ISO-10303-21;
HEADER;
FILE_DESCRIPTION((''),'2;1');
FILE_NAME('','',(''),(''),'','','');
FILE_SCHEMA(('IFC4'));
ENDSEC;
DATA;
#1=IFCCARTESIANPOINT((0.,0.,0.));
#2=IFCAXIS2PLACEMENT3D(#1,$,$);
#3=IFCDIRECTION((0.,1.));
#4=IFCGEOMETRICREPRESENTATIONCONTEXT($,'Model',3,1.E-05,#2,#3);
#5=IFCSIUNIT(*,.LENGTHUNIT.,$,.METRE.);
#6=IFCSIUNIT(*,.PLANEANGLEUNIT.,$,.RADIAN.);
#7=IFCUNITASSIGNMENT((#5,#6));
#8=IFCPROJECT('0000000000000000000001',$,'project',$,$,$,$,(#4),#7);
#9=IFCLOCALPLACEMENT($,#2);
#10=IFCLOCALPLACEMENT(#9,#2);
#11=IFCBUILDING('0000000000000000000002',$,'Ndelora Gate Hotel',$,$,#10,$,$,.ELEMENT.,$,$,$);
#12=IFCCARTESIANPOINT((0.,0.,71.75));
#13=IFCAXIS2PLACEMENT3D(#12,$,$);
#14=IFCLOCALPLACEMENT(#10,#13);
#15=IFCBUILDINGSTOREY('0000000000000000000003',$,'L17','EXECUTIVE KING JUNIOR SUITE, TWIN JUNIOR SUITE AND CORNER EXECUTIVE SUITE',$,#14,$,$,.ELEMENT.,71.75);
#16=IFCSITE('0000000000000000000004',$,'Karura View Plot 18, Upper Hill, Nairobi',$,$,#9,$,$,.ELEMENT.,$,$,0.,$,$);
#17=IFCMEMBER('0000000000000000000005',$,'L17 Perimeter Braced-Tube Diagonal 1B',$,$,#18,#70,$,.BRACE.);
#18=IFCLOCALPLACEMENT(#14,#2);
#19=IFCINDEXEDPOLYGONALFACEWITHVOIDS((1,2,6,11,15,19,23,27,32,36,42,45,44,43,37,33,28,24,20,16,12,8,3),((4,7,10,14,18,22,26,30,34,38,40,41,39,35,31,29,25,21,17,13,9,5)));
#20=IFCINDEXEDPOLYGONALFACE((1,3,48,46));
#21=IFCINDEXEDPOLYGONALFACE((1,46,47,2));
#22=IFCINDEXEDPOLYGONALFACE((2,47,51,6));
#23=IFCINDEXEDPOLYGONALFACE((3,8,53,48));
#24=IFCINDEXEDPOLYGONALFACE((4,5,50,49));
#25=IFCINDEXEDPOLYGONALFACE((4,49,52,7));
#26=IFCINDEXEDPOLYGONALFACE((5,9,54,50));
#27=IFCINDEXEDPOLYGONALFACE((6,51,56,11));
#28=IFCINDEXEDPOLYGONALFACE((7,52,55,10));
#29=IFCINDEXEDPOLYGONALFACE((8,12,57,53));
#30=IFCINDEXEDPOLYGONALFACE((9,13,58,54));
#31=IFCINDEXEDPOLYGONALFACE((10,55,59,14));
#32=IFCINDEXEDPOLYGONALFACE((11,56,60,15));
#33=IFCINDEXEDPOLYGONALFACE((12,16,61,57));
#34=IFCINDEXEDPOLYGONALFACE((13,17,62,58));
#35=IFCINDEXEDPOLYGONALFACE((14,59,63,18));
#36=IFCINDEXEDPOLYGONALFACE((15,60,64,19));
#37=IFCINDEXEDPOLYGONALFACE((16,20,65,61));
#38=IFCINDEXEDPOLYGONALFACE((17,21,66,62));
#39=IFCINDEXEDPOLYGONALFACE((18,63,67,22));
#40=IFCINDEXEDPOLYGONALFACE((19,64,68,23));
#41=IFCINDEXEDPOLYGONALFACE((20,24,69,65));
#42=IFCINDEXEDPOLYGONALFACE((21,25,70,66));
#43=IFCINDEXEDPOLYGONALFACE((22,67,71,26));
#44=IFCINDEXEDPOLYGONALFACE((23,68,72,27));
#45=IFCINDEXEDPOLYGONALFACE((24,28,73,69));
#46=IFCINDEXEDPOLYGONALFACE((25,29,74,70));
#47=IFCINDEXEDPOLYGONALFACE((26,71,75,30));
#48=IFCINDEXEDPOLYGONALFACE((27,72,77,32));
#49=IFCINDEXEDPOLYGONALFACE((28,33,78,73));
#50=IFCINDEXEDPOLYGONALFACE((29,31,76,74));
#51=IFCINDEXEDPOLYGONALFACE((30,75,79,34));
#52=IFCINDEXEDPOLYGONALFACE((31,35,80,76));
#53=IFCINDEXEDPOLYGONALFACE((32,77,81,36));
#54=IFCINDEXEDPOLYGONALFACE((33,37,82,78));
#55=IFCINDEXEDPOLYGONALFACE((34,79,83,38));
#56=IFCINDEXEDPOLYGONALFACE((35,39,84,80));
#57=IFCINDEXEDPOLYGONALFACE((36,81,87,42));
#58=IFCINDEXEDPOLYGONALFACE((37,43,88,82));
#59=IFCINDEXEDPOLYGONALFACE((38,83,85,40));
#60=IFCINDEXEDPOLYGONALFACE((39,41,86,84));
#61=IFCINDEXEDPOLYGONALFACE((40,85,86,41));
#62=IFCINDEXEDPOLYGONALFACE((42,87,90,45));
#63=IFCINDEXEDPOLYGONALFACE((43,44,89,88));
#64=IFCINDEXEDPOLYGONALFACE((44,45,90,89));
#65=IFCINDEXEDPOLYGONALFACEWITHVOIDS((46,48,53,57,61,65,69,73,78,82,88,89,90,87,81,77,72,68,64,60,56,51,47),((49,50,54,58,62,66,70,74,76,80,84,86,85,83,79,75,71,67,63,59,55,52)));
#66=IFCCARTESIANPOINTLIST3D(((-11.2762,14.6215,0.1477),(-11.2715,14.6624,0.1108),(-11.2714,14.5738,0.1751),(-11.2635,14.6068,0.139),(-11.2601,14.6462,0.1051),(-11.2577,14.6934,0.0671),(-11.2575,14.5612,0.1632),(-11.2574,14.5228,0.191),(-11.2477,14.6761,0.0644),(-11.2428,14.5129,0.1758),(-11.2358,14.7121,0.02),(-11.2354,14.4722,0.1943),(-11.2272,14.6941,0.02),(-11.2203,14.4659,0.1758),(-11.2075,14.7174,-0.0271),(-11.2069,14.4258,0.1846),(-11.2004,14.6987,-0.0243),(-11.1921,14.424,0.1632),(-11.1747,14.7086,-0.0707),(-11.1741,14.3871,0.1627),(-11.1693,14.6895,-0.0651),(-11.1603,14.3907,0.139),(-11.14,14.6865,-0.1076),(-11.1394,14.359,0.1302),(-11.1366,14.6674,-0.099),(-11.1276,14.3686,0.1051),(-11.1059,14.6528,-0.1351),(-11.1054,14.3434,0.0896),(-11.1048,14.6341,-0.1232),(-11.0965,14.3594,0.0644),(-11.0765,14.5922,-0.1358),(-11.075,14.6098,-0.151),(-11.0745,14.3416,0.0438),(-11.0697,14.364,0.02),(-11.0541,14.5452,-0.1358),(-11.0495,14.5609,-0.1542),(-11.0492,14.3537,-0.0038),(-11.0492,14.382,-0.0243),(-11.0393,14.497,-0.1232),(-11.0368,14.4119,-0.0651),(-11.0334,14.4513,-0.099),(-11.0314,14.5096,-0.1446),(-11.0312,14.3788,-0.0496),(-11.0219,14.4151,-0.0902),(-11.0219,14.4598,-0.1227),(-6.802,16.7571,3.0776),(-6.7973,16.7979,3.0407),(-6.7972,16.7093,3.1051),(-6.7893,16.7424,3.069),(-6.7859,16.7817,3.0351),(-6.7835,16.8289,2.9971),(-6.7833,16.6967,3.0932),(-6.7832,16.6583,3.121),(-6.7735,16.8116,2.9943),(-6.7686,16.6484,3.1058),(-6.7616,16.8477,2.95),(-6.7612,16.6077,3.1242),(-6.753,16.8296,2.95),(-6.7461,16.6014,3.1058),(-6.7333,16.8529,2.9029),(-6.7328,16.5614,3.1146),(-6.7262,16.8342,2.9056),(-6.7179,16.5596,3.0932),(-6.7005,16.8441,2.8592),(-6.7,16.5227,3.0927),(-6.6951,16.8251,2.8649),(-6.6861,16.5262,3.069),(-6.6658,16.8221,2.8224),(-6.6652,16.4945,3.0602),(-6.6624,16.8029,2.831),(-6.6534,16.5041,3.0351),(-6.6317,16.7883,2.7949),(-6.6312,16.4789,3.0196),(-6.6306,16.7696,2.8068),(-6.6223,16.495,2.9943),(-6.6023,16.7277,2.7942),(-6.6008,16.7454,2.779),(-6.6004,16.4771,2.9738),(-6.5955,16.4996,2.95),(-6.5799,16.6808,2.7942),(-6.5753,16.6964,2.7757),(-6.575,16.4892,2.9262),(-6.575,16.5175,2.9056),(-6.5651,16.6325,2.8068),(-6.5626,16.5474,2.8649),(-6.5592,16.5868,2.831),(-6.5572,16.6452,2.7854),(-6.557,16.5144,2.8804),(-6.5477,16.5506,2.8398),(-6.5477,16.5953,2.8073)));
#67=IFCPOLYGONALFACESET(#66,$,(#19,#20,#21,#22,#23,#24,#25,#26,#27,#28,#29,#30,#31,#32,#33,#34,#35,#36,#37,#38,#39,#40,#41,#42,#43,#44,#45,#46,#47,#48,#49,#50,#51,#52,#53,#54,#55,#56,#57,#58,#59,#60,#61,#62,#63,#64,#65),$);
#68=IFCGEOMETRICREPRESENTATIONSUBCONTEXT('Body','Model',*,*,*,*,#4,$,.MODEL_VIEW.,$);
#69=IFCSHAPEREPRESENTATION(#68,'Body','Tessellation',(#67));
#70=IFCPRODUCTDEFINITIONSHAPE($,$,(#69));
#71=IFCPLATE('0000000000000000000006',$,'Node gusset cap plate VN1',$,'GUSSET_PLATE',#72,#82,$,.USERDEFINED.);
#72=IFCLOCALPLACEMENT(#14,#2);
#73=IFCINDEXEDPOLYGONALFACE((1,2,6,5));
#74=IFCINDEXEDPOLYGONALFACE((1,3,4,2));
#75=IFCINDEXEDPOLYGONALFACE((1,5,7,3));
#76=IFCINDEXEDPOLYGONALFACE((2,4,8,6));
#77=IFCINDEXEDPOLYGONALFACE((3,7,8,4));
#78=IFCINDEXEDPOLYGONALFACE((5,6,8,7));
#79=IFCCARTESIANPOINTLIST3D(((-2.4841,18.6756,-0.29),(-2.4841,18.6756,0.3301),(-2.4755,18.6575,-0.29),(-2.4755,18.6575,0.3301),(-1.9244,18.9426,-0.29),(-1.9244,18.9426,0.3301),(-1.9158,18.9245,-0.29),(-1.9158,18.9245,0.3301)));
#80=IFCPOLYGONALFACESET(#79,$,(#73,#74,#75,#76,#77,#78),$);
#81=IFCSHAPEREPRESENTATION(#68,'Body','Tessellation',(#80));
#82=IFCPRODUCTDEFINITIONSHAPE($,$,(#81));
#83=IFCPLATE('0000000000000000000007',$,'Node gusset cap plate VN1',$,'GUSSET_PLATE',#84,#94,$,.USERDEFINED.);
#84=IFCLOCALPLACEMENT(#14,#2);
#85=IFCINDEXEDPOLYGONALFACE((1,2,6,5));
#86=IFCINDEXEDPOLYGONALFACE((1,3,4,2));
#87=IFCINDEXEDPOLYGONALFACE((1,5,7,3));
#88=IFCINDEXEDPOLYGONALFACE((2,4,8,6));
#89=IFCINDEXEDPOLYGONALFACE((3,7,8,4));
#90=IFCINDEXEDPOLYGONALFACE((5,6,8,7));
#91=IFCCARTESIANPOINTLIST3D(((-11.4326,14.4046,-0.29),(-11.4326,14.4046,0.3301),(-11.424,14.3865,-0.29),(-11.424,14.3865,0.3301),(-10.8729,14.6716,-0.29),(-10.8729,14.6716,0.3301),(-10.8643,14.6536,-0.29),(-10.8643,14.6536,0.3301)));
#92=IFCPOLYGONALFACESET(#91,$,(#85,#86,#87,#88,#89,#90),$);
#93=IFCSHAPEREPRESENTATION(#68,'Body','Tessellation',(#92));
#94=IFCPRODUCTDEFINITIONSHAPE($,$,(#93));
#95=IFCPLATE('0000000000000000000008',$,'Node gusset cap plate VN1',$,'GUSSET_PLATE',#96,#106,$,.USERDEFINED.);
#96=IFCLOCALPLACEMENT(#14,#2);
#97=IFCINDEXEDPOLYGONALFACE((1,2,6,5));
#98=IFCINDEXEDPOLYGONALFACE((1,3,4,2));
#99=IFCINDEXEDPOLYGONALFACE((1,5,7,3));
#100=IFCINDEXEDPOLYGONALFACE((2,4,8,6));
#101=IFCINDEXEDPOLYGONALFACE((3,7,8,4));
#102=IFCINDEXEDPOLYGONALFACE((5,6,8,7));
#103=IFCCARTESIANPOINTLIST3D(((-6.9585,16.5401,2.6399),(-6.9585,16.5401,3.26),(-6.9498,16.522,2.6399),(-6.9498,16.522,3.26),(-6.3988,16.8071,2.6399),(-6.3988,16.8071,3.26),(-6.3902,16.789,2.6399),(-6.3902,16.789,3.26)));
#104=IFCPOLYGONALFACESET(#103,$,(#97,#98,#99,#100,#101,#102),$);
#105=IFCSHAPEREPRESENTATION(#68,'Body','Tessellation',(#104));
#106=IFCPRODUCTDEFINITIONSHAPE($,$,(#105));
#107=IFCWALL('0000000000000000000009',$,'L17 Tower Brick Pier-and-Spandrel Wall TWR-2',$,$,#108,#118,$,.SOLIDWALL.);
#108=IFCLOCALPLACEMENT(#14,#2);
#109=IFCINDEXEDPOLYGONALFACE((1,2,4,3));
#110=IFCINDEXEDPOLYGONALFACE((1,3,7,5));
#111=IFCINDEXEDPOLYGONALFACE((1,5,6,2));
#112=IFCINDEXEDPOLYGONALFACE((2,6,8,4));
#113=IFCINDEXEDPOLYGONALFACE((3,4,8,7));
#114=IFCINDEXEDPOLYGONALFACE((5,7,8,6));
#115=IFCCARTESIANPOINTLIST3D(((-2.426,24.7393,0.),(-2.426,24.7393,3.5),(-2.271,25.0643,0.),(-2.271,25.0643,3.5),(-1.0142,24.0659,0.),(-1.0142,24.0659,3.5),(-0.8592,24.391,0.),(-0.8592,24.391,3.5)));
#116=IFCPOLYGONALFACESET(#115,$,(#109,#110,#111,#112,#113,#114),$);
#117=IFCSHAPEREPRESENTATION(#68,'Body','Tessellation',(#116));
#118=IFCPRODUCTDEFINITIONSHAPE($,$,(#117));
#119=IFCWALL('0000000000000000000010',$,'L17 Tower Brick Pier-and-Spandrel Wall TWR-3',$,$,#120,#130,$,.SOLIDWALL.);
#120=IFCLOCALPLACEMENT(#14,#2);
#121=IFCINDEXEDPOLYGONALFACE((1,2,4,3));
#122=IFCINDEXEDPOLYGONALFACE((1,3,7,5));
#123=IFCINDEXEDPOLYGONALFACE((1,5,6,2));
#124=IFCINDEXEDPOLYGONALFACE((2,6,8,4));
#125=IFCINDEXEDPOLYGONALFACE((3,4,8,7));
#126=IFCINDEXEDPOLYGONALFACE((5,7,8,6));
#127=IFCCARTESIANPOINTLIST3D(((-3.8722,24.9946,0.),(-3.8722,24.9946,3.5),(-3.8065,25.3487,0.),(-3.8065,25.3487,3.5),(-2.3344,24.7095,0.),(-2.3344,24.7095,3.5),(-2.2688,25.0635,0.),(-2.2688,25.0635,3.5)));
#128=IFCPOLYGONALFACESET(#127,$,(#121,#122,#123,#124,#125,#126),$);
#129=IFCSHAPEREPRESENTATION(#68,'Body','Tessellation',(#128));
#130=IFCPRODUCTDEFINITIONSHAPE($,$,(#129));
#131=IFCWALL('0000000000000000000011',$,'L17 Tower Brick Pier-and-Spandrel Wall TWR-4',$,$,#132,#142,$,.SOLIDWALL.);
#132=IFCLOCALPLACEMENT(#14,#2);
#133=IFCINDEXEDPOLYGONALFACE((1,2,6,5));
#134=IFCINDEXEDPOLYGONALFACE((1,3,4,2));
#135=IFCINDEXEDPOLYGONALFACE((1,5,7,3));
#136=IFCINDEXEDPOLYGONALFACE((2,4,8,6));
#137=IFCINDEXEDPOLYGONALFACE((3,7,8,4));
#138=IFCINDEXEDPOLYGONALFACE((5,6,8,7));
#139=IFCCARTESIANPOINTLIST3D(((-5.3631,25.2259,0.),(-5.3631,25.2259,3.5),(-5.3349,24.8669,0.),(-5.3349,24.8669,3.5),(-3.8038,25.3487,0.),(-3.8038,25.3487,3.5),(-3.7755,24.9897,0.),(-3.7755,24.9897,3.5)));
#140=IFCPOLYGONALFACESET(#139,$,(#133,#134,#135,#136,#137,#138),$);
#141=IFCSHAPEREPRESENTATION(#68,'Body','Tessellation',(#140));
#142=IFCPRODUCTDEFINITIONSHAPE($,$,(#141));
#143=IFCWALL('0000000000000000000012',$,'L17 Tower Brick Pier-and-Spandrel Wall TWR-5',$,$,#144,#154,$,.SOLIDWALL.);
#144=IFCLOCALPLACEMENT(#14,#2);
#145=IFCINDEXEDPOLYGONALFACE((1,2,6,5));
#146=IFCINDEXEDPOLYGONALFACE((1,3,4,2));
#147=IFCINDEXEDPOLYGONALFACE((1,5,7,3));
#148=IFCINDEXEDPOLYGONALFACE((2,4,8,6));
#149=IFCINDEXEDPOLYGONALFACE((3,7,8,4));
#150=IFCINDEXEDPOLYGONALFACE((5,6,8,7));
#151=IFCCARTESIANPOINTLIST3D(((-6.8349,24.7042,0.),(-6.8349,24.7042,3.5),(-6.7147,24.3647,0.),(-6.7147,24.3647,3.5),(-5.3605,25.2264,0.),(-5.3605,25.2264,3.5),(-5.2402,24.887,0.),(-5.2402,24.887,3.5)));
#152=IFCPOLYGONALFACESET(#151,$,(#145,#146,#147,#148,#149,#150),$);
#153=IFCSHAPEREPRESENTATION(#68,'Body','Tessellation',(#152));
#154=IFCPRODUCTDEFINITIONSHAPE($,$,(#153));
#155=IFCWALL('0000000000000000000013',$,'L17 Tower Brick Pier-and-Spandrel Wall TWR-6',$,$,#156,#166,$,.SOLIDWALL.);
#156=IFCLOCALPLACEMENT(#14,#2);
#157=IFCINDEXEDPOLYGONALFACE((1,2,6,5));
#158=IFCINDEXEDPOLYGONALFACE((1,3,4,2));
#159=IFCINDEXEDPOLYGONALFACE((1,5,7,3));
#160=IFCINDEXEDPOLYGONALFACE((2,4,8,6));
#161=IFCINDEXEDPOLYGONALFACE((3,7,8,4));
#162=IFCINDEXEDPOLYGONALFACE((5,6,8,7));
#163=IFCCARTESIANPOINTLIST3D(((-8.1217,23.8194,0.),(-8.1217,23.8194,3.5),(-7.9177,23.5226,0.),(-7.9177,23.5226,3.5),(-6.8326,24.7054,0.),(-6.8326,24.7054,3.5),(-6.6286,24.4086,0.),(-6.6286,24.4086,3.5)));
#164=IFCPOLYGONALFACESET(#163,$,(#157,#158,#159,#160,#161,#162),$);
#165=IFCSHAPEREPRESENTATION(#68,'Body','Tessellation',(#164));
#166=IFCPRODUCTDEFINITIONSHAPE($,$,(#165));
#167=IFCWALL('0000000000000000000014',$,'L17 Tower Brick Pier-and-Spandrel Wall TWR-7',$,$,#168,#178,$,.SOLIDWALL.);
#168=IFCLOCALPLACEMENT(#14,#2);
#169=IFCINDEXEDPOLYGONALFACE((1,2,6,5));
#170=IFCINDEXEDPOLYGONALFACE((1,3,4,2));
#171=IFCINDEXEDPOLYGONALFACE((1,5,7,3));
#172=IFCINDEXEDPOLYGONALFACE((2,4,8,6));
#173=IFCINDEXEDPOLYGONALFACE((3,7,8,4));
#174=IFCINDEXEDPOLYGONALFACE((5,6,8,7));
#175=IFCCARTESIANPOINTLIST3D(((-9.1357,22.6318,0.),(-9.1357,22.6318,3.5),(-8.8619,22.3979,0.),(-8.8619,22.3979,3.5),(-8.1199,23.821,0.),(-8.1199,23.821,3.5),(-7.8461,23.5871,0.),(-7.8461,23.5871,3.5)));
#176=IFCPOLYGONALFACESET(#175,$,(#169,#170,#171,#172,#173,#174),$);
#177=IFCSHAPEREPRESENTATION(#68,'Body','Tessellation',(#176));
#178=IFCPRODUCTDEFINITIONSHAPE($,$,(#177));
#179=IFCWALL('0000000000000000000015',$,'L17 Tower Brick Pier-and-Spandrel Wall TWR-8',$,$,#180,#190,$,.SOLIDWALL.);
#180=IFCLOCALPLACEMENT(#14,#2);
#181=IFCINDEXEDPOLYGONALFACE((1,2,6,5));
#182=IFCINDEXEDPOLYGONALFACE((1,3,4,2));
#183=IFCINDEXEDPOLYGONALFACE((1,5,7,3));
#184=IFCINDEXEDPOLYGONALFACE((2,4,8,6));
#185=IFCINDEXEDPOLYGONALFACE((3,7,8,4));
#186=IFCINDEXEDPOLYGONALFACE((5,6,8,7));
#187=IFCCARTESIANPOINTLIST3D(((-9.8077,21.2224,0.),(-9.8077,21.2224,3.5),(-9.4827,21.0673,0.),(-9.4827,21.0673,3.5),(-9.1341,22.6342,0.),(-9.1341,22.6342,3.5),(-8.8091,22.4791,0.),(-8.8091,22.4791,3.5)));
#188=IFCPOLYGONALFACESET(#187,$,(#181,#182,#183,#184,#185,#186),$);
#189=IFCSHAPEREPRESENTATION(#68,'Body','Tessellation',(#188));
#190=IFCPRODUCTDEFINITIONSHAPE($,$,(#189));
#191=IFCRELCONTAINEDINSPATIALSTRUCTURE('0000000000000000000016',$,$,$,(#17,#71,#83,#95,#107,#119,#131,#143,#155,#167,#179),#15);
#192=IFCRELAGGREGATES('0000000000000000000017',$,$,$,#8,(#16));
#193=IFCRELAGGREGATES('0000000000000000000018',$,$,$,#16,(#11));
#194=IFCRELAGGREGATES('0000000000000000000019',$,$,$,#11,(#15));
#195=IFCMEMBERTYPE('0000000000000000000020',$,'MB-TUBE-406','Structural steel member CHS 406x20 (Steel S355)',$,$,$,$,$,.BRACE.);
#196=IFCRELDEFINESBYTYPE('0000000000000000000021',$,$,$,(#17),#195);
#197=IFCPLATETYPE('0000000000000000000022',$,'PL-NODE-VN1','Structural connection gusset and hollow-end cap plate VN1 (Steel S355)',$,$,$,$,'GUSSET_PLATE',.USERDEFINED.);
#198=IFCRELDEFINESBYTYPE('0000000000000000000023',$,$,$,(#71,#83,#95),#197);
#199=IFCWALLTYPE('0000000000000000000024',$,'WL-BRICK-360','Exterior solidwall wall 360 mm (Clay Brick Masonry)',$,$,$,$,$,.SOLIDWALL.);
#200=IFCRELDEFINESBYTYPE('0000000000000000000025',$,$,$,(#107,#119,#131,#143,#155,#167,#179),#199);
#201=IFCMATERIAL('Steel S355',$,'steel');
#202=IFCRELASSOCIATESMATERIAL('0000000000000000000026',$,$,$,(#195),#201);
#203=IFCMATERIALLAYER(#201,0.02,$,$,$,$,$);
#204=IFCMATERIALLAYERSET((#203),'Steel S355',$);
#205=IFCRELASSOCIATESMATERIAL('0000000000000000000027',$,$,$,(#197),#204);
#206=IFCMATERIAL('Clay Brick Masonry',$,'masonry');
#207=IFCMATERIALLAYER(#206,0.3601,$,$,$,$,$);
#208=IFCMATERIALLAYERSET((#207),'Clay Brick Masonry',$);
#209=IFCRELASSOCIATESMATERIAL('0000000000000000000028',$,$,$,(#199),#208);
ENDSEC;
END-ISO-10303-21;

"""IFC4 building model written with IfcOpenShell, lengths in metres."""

from ifc_helpers import new_model, si_unit, direction, frame, frame_2d, origin, origin_2d, place, context, subcontext, project, spatial, rectangle, hollow_circle, extrude, material, layer, layer_set, material_profile, profile_set, type_object, element, save


model = new_model("IFC4")

# Units and contexts
model_context = context("Model", 3, precision=1e-05, world=origin(), true_north=direction((0.0, 1.0)))
body_context = subcontext(model_context, "Body", "Model", "MODEL_VIEW")
ifc_project = project(units=[si_unit("LENGTHUNIT", "METRE"), si_unit("PLANEANGLEUNIT", "RADIAN")], contexts=[model_context])

# Site, building, storey
site_placement = place(None, origin())
site = spatial("IfcSite", under=ifc_project, at=site_placement, Name="Karura View Plot 18, Upper Hill, Nairobi", CompositionType="ELEMENT", RefElevation=0.0)
building_placement = place(site_placement, origin())
building = spatial("IfcBuilding", under=site, at=building_placement, Name="Ndelora Gate Hotel", CompositionType="ELEMENT")
storey_placement = place(building_placement, frame((0.0, 0.0, 71.75)))
storey = spatial("IfcBuildingStorey", under=building, at=storey_placement, Name="L17", Description="EXECUTIVE KING JUNIOR SUITE, TWIN JUNIOR SUITE AND CORNER EXECUTIVE SUITE", CompositionType="ELEMENT", Elevation=71.75)

# Shared definitions
ifc_material_1 = material(Name="Steel S355", Category="steel")

# Member
ifc_material_profile_1 = material_profile(ifc_material_1, hollow_circle(Radius=0.2029, WallThickness=0.02, at=origin_2d()), Name="CHS 406x20")
ifc_profile_set_1 = profile_set([ifc_material_profile_1], Name="Steel S355")
member_type = type_object("IfcMemberType", Name="MB-TUBE-406", Description="Structural steel member CHS 406x20 (Steel S355)", PredefinedType="BRACE", material=ifc_profile_set_1)
for number, where, z_axis, x_axis, name in (
    (1, (-11.1484, 14.5291, 0.02), (0.776933, 0.37083, 0.508784), (-0.43075, 0.902471, 0.0), "L17 Perimeter Braced-Tube Diagonal 1B"),
):
    element("IfcMember", number, at=place(storey_placement, frame(where, z_axis=z_axis, x_axis=x_axis)), inside=storey, type_object=member_type, Name=name, PredefinedType="BRACE", context=body_context, shape_type="SweptSolid", body=[
        extrude(hollow_circle(Radius=0.2029, WallThickness=0.02, at=origin_2d()), origin(), (0.0, 0.0, 1.0), 5.7588),
    ])

# Plates
ifc_layer_1 = layer(ifc_material_1, 0.02)
ifc_layer_set_1 = layer_set([ifc_layer_1], Name="Steel S355")
plate_type = type_object("IfcPlateType", Name="PL-NODE-VN1", Description="Structural connection gusset and hollow-end cap plate VN1 (Steel S355)", ElementType="GUSSET_PLATE", PredefinedType="USERDEFINED", material=ifc_layer_set_1)
for number, where, z_axis, x_axis, name in (
    (2, (-2.2, 18.8, -0.29), (0.0, 0.0, 1.0), (0.90251, 0.430669, 0.0), "Node gusset cap plate VN1"),
    (3, (-11.1484, 14.5291, -0.29), (0.0, 0.0, 1.0), (0.90251, 0.430669, 0.0), "Node gusset cap plate VN1"),
    (4, (-6.6743, 16.6646, 2.6399), (0.0, 0.0, 1.0), (0.90251, 0.430669, 0.0), "Node gusset cap plate VN1"),
):
    element("IfcPlate", number, at=place(storey_placement, frame(where, z_axis=z_axis, x_axis=x_axis)), inside=storey, type_object=plate_type, Name=name, ObjectType="GUSSET_PLATE", PredefinedType="USERDEFINED", context=body_context, shape_type="SweptSolid", body=[
        extrude(rectangle(XDim=0.6201, YDim=0.02, at=origin_2d()), origin(), (0.0, 0.0, 1.0), 0.6201),
    ])

# Walls
ifc_material_2 = material(Name="Clay Brick Masonry", Category="masonry")
ifc_layer_2 = layer(ifc_material_2, 0.3601)
ifc_layer_set_2 = layer_set([ifc_layer_2], Name="Clay Brick Masonry")
wall_type = type_object("IfcWallType", Name="WL-BRICK-360", Description="Exterior solidwall wall 360 mm (Clay Brick Masonry)", PredefinedType="SOLIDWALL", material=ifc_layer_set_2)
wall_1_placement = place(storey_placement, frame((-2.3486, 24.9019, 0.0), z_axis=(0.0, 0.0, 1.0), x_axis=(0.902606, -0.430467, 0.0)))
element("IfcWall", 5, at=wall_1_placement, inside=storey, type_object=wall_type, Name="L17 Tower Brick Pier-and-Spandrel Wall TWR-2", PredefinedType="SOLIDWALL", context=body_context, shape_type="SweptSolid", body=[
    extrude(rectangle(XDim=1.5642, YDim=0.3601, at=frame_2d((0.7822, 0.0))), origin(), (0.0, 0.0, 1.0), 3.5),
])
wall_2_placement = place(storey_placement, frame((-3.8394, 25.1716, 0.0), z_axis=(0.0, 0.0, 1.0), x_axis=(0.98324, -0.182318, 0.0)))
element("IfcWall", 6, at=wall_2_placement, inside=storey, type_object=wall_type, Name="L17 Tower Brick Pier-and-Spandrel Wall TWR-3", PredefinedType="SOLIDWALL", context=body_context, shape_type="SweptSolid", body=[
    extrude(rectangle(XDim=1.564, YDim=0.3601, at=frame_2d((0.782, 0.0))), origin(), (0.0, 0.0, 1.0), 3.5),
])
for number, where, z_axis, x_axis, name in (
    (7, (-5.3491, 25.0464, 0.0), (0.0, 0.0, 1.0), (0.996913, 0.078511, 0.0), "L17 Tower Brick Pier-and-Spandrel Wall TWR-4"),
    (8, (-6.7749, 24.5344, 0.0), (0.0, 0.0, 1.0), (0.942618, 0.333873, 0.0), "L17 Tower Brick Pier-and-Spandrel Wall TWR-5"),
    (9, (-8.0198, 23.6709, 0.0), (0.0, 0.0, 1.0), (0.824115, 0.566423, 0.0), "L17 Tower Brick Pier-and-Spandrel Wall TWR-6"),
):
    element("IfcWall", number, at=place(storey_placement, frame(where, z_axis=z_axis, x_axis=x_axis)), inside=storey, type_object=wall_type, Name=name, PredefinedType="SOLIDWALL", context=body_context, shape_type="SweptSolid", body=[
        extrude(rectangle(XDim=1.5642, YDim=0.3601, at=frame_2d((0.7822, 0.0))), origin(), (0.0, 0.0, 1.0), 3.5),
    ])
wall_3_placement = place(storey_placement, frame((-8.9988, 22.5149, 0.0), z_axis=(0.0, 0.0, 1.0), x_axis=(0.649518, 0.760346, 0.0)))
element("IfcWall", 10, at=wall_3_placement, inside=storey, type_object=wall_type, Name="L17 Tower Brick Pier-and-Spandrel Wall TWR-7", PredefinedType="SOLIDWALL", context=body_context, shape_type="SweptSolid", body=[
    extrude(rectangle(XDim=1.564, YDim=0.3601, at=frame_2d((0.782, 0.0))), origin(), (0.0, 0.0, 1.0), 3.5),
])
wall_4_placement = place(storey_placement, frame((-9.6453, 21.1448, 0.0), z_axis=(0.0, 0.0, 1.0), x_axis=(0.430654, 0.902517, 0.0)))
element("IfcWall", 11, at=wall_4_placement, inside=storey, type_object=wall_type, Name="L17 Tower Brick Pier-and-Spandrel Wall TWR-8", PredefinedType="SOLIDWALL", context=body_context, shape_type="SweptSolid", body=[
    extrude(rectangle(XDim=1.5642, YDim=0.3601, at=frame_2d((0.7822, 0.0))), origin(), (0.0, 0.0, 1.0), 3.5),
])

save(model, "model.ifc")
